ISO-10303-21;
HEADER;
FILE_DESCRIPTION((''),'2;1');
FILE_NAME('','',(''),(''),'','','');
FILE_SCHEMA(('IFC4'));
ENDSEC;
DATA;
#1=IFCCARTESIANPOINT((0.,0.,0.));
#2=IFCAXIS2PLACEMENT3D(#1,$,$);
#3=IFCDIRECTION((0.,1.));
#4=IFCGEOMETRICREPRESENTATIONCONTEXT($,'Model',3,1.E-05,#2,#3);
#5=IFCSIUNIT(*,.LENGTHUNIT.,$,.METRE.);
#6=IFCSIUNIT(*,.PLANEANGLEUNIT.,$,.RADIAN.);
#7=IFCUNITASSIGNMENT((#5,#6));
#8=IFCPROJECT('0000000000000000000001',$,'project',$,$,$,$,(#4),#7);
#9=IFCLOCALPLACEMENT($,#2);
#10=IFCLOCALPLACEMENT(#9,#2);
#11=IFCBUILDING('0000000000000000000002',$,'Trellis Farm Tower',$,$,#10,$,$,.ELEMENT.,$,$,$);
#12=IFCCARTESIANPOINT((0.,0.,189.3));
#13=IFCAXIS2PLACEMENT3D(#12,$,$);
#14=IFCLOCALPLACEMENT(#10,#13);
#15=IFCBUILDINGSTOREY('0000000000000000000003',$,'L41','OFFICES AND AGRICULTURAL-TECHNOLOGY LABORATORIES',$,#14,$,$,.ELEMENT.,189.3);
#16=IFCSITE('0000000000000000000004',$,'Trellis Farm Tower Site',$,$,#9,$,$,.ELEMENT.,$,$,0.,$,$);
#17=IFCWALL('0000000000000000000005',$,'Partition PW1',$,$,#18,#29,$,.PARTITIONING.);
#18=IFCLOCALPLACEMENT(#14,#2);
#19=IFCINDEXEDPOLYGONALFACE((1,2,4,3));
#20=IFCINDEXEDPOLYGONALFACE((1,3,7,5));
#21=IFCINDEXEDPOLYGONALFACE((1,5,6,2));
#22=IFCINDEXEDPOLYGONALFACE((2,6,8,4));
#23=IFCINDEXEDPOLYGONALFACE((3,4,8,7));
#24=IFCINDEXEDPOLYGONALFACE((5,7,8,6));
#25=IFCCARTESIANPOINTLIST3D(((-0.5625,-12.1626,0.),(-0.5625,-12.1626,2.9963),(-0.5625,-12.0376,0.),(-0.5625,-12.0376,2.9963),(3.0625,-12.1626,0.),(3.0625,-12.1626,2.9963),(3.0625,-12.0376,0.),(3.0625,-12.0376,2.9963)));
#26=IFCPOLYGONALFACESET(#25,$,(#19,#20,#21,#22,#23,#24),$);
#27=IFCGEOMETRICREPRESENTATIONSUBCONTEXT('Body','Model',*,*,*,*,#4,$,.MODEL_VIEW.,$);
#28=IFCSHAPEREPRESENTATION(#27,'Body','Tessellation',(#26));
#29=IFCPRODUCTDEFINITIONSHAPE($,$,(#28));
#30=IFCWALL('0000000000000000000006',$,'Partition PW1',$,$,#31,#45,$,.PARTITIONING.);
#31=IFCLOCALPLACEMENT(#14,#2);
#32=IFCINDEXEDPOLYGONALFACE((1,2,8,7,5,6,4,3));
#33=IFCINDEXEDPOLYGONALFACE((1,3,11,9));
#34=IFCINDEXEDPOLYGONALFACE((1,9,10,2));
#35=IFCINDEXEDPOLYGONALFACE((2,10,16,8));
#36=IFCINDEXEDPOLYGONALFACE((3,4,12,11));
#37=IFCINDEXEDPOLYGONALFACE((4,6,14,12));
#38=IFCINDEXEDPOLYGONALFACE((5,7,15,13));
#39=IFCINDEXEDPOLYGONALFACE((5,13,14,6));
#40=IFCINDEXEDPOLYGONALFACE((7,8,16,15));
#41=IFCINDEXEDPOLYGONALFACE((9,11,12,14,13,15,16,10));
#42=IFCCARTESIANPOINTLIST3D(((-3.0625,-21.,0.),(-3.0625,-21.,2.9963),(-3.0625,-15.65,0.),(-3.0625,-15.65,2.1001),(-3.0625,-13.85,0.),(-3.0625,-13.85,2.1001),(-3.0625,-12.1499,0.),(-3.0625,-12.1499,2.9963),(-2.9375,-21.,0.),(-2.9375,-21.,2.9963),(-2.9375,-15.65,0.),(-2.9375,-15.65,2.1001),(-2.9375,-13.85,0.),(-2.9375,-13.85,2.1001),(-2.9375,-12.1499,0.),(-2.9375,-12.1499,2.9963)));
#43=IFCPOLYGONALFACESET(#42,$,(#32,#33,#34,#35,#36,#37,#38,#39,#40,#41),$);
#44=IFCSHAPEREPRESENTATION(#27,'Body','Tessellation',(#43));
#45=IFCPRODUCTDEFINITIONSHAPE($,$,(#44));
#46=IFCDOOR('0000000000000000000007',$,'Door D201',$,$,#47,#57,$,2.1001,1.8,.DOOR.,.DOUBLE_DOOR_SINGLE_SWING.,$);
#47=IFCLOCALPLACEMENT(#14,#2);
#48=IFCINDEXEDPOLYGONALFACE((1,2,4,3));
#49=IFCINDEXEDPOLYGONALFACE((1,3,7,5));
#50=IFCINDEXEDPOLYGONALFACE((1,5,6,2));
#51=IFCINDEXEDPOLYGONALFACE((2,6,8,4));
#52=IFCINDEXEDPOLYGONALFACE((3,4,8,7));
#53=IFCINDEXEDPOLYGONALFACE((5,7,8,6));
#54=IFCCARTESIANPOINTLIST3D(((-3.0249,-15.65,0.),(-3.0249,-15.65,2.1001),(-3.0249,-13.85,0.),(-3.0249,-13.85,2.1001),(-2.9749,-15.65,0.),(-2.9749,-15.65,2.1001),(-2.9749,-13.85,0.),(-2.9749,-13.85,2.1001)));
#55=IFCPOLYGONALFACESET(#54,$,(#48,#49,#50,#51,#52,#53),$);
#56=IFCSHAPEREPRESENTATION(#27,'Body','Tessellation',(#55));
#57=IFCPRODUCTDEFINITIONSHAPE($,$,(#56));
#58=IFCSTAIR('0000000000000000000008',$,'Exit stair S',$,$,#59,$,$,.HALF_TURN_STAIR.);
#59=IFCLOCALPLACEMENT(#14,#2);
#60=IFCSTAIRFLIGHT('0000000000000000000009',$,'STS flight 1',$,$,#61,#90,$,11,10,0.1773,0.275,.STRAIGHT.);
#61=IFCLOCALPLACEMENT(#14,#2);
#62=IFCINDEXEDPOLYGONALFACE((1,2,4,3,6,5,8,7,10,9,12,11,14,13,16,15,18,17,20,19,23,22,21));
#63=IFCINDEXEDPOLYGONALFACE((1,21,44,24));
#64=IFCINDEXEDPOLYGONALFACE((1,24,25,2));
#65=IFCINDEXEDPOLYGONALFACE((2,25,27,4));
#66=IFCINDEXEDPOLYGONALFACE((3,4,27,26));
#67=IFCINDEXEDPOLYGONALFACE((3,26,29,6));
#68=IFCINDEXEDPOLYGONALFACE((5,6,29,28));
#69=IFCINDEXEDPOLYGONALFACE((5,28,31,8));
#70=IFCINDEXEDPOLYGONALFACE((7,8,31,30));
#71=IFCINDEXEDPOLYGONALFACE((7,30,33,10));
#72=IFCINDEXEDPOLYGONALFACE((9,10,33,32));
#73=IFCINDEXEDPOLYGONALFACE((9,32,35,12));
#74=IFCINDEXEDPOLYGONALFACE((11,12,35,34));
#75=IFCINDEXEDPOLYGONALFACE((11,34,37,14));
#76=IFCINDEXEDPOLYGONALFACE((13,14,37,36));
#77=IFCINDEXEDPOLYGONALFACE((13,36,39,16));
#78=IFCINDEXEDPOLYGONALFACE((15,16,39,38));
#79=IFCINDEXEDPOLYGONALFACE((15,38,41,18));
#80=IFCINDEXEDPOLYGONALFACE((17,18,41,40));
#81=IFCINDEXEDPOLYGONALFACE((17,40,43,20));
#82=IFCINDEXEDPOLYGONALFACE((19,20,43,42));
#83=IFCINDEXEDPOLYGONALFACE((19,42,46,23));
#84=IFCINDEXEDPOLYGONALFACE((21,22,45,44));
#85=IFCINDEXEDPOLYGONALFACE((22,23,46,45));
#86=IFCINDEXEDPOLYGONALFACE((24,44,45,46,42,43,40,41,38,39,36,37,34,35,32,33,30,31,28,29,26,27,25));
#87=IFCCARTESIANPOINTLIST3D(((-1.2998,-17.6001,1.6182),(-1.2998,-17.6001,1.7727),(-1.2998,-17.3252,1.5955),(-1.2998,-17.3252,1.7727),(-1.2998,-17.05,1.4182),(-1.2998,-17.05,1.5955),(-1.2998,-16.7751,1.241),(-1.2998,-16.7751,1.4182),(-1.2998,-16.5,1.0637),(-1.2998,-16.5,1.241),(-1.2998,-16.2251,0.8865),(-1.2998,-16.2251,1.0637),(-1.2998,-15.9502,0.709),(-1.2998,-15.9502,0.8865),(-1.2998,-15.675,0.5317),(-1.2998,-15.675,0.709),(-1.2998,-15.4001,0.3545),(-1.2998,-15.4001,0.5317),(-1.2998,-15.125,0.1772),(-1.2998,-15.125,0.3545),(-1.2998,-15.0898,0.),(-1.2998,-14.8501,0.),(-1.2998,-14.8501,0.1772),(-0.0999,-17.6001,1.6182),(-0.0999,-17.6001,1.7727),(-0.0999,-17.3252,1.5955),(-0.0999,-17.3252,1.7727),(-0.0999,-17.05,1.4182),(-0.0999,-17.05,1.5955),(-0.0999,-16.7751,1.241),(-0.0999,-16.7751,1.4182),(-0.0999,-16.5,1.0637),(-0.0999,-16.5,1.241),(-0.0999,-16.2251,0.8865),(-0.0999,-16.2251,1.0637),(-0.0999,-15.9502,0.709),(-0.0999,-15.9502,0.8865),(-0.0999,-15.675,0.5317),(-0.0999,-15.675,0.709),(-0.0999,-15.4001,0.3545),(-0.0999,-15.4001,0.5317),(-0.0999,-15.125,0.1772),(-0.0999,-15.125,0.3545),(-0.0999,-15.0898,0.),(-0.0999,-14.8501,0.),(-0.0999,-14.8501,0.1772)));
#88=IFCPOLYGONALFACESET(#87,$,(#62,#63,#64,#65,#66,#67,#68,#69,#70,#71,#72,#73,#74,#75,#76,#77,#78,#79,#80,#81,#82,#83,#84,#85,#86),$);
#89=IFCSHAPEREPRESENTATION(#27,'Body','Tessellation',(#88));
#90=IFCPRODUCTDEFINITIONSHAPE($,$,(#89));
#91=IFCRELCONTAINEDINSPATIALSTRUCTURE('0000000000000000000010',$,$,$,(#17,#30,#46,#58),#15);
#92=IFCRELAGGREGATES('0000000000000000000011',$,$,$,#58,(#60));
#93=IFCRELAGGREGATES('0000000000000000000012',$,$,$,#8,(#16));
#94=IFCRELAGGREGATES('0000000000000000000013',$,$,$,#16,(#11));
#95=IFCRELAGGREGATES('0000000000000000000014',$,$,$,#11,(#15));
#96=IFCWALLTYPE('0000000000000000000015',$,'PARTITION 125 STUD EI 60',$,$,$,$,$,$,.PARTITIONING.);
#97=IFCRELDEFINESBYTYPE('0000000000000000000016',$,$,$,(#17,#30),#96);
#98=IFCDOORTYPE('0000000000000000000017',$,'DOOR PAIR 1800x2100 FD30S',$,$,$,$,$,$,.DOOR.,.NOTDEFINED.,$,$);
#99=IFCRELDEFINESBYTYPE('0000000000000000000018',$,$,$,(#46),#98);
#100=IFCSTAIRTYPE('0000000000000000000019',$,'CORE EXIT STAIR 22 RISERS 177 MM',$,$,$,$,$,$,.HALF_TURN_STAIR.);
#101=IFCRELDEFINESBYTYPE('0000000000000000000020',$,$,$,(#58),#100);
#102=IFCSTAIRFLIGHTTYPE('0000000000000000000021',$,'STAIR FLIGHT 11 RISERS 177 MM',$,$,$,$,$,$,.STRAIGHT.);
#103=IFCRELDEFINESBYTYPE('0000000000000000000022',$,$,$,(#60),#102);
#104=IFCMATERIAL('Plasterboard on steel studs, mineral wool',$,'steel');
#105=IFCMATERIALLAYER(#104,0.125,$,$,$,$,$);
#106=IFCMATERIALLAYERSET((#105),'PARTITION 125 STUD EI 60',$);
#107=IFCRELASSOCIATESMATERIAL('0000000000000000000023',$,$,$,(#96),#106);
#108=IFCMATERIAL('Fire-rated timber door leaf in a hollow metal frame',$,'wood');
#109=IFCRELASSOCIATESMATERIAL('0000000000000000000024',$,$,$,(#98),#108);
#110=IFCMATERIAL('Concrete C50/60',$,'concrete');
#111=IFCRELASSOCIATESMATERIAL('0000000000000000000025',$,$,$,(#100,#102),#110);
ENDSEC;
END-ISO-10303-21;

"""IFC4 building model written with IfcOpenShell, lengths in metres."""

from ifc_helpers import new_model, si_unit, direction, frame, frame_2d, origin, place, context, subcontext, project, spatial, polyline, rectangle, outline, extrude, source, transform, mapped, material, layer, layer_set, type_object, element, fill, aggregate, save


model = new_model("IFC4")

# Units and contexts
model_context = context("Model", 3, precision=1e-05, world=origin(), true_north=direction((0.0, 1.0)))
body_context = subcontext(model_context, "Body", "Model", "MODEL_VIEW")
ifc_project = project(units=[si_unit("LENGTHUNIT", "METRE"), si_unit("PLANEANGLEUNIT", "RADIAN")], contexts=[model_context])

# Site, building, storey
site_placement = place(None, origin())
site = spatial("IfcSite", under=ifc_project, at=site_placement, Name="Trellis Farm Tower Site", CompositionType="ELEMENT", RefElevation=0.0)
building_placement = place(site_placement, origin())
building = spatial("IfcBuilding", under=site, at=building_placement, Name="Trellis Farm Tower", CompositionType="ELEMENT")
storey_placement = place(building_placement, frame((0.0, 0.0, 189.3)))
storey = spatial("IfcBuildingStorey", under=building, at=storey_placement, Name="L41", Description="OFFICES AND AGRICULTURAL-TECHNOLOGY LABORATORIES", CompositionType="ELEMENT", Elevation=189.3)

# Shared definitions
placement = place(storey_placement, origin())

# Shared definitions
ifc_material_1 = material(Name="Plasterboard on steel studs, mineral wool", Category="steel")
ifc_layer_1 = layer(ifc_material_1, 0.125)
ifc_layer_set_1 = layer_set([ifc_layer_1], Name="PARTITION 125 STUD EI 60")
wall_type_1 = type_object("IfcWallType", Name="PARTITION 125 STUD EI 60", PredefinedType="PARTITIONING", material=ifc_layer_set_1)

# Shared definitions
ifc_material_2 = material(Name="Fire-rated timber door leaf in a hollow metal frame", Category="wood")

# Wall
shared_shape_1 = source(origin(), body_context, "Body", "SweptSolid", [
    extrude(rectangle(XDim=3.625, YDim=0.125, at=frame_2d((1.8125, 0.0))), origin(), (0.0, 0.0, 1.0), 2.9963),
])
wall_1_placement = place(storey_placement, frame((-0.5625, -12.1001, 0.0), z_axis=(0.0, 0.0, 1.0), x_axis=(1.0, 0.0, 0.0)))
element("IfcWall", 1, at=wall_1_placement, inside=storey, type_object=wall_type_1, Name="Partition PW1", PredefinedType="PARTITIONING", context=body_context, shape_type="MappedRepresentation", body=[
    mapped(shared_shape_1, transform((0.0, 0.0, 0.0))),
])

# Wall, opening, door
shared_shape_2 = source(origin(), body_context, "Body", "SweptSolid", [
    extrude(rectangle(XDim=8.8501, YDim=0.125, at=frame_2d((4.425, 0.0))), origin(), (0.0, 0.0, 1.0), 2.9963),
])
wall_2_placement = place(storey_placement, frame((-3.0, -21.0, 0.0), z_axis=(0.0, 0.0, 1.0), x_axis=(0.0, 1.0, 0.0)))
wall_2 = element("IfcWall", 2, at=wall_2_placement, inside=storey, type_object=wall_type_1, Name="Partition PW1", PredefinedType="PARTITIONING", context=body_context, shape_type="MappedRepresentation", body=[
    mapped(shared_shape_2, transform((0.0, 0.0, 0.0))),
])
shared_shape_3 = source(origin(), body_context, "Body", "SweptSolid", [
    extrude(rectangle(XDim=1.8, YDim=2.1001, at=frame_2d((0.8999, 1.05))), frame((0.0, 0.0725, 0.0), z_axis=(0.0, -1.0, 0.0), x_axis=(1.0, 0.0, 0.0)), (0.0, 0.0, 1.0), 0.145),
])
opening_1_placement = place(wall_2_placement, frame((5.3501, 0.0, 0.0)))
opening_1 = element("IfcOpeningElement", 3, at=opening_1_placement, cuts=wall_2, PredefinedType="OPENING", context=body_context, shape_type="MappedRepresentation", body=[
    mapped(shared_shape_3, transform((0.0, 0.0, 0.0))),
])
door_type_1 = type_object("IfcDoorType", Name="DOOR PAIR 1800x2100 FD30S", OperationType="NOTDEFINED", PredefinedType="DOOR", material=ifc_material_2)
shared_shape_4 = source(origin(), body_context, "Body", "SweptSolid", [
    extrude(rectangle(XDim=1.8, YDim=2.1001, at=frame_2d((0.8999, 1.05))), frame((0.0, 0.0249, 0.0), z_axis=(0.0, -1.0, 0.0), x_axis=(1.0, 0.0, 0.0)), (0.0, 0.0, 1.0), 0.05),
])
door_1_placement = place(opening_1_placement, origin())
door_1 = element("IfcDoor", 4, at=door_1_placement, inside=storey, type_object=door_type_1, Name="Door D201", OperationType="DOUBLE_DOOR_SINGLE_SWING", OverallHeight=2.1001, OverallWidth=1.8, PredefinedType="DOOR", context=body_context, shape_type="MappedRepresentation", body=[
    mapped(shared_shape_4, transform((0.0, 0.0, 0.0))),
])
fill(opening_1, door_1)

# Stair, stair flight
ifc_material_3 = material(Name="Concrete C50/60", Category="concrete")
stair_type = type_object("IfcStairType", Name="CORE EXIT STAIR 22 RISERS 177 MM", PredefinedType="HALF_TURN_STAIR", material=ifc_material_3)
stair = element("IfcStair", 5, at=placement, inside=storey, type_object=stair_type, Name="Exit stair S", PredefinedType="HALF_TURN_STAIR")
stair_flight_type = type_object("IfcStairFlightType", Name="STAIR FLIGHT 11 RISERS 177 MM", PredefinedType="STRAIGHT", material=ifc_material_3)
shared_shape_5 = source(origin(), body_context, "Body", "SweptSolid", [
    extrude(outline(polyline([(0.0, 0.0), (0.0, 0.1772), (0.2749, 0.1772), (0.2749, 0.3545), (0.55, 0.3545), (0.55, 0.5317), (0.825, 0.5317), (0.825, 0.709), (1.1001, 0.709), (1.1001, 0.8865), (1.375, 0.8865), (1.375, 1.0637), (1.6499, 1.0637), (1.6499, 1.241), (1.925, 1.241), (1.925, 1.4182), (2.2, 1.4182), (2.2, 1.5955), (2.4751, 1.5955), (2.4751, 1.7727), (2.75, 1.7727), (2.75, 1.95), (2.75, 1.6182), (0.2397, 0.0), (0.0, 0.0)])), frame((0.0, 0.6001, 0.0), z_axis=(0.0, -1.0, 0.0), x_axis=(1.0, 0.0, 0.0)), (0.0, 0.0, 1.0), 1.2),
])
stair_flight_placement = place(storey_placement, frame((-0.7, -14.8501, 0.0), z_axis=(0.0, 0.0, 1.0), x_axis=(0.0, -1.0, 0.0)))
stair_flight = element("IfcStairFlight", 6, at=stair_flight_placement, type_object=stair_flight_type, Name="STS flight 1", NumberOfRisers=11, NumberOfTreads=10, PredefinedType="STRAIGHT", RiserHeight=0.1773, TreadLength=0.275, context=body_context, shape_type="MappedRepresentation", body=[
    mapped(shared_shape_5, transform((0.0, 0.0, 0.0))),
])
aggregate(stair, [stair_flight])

save(model, "model.ifc")
